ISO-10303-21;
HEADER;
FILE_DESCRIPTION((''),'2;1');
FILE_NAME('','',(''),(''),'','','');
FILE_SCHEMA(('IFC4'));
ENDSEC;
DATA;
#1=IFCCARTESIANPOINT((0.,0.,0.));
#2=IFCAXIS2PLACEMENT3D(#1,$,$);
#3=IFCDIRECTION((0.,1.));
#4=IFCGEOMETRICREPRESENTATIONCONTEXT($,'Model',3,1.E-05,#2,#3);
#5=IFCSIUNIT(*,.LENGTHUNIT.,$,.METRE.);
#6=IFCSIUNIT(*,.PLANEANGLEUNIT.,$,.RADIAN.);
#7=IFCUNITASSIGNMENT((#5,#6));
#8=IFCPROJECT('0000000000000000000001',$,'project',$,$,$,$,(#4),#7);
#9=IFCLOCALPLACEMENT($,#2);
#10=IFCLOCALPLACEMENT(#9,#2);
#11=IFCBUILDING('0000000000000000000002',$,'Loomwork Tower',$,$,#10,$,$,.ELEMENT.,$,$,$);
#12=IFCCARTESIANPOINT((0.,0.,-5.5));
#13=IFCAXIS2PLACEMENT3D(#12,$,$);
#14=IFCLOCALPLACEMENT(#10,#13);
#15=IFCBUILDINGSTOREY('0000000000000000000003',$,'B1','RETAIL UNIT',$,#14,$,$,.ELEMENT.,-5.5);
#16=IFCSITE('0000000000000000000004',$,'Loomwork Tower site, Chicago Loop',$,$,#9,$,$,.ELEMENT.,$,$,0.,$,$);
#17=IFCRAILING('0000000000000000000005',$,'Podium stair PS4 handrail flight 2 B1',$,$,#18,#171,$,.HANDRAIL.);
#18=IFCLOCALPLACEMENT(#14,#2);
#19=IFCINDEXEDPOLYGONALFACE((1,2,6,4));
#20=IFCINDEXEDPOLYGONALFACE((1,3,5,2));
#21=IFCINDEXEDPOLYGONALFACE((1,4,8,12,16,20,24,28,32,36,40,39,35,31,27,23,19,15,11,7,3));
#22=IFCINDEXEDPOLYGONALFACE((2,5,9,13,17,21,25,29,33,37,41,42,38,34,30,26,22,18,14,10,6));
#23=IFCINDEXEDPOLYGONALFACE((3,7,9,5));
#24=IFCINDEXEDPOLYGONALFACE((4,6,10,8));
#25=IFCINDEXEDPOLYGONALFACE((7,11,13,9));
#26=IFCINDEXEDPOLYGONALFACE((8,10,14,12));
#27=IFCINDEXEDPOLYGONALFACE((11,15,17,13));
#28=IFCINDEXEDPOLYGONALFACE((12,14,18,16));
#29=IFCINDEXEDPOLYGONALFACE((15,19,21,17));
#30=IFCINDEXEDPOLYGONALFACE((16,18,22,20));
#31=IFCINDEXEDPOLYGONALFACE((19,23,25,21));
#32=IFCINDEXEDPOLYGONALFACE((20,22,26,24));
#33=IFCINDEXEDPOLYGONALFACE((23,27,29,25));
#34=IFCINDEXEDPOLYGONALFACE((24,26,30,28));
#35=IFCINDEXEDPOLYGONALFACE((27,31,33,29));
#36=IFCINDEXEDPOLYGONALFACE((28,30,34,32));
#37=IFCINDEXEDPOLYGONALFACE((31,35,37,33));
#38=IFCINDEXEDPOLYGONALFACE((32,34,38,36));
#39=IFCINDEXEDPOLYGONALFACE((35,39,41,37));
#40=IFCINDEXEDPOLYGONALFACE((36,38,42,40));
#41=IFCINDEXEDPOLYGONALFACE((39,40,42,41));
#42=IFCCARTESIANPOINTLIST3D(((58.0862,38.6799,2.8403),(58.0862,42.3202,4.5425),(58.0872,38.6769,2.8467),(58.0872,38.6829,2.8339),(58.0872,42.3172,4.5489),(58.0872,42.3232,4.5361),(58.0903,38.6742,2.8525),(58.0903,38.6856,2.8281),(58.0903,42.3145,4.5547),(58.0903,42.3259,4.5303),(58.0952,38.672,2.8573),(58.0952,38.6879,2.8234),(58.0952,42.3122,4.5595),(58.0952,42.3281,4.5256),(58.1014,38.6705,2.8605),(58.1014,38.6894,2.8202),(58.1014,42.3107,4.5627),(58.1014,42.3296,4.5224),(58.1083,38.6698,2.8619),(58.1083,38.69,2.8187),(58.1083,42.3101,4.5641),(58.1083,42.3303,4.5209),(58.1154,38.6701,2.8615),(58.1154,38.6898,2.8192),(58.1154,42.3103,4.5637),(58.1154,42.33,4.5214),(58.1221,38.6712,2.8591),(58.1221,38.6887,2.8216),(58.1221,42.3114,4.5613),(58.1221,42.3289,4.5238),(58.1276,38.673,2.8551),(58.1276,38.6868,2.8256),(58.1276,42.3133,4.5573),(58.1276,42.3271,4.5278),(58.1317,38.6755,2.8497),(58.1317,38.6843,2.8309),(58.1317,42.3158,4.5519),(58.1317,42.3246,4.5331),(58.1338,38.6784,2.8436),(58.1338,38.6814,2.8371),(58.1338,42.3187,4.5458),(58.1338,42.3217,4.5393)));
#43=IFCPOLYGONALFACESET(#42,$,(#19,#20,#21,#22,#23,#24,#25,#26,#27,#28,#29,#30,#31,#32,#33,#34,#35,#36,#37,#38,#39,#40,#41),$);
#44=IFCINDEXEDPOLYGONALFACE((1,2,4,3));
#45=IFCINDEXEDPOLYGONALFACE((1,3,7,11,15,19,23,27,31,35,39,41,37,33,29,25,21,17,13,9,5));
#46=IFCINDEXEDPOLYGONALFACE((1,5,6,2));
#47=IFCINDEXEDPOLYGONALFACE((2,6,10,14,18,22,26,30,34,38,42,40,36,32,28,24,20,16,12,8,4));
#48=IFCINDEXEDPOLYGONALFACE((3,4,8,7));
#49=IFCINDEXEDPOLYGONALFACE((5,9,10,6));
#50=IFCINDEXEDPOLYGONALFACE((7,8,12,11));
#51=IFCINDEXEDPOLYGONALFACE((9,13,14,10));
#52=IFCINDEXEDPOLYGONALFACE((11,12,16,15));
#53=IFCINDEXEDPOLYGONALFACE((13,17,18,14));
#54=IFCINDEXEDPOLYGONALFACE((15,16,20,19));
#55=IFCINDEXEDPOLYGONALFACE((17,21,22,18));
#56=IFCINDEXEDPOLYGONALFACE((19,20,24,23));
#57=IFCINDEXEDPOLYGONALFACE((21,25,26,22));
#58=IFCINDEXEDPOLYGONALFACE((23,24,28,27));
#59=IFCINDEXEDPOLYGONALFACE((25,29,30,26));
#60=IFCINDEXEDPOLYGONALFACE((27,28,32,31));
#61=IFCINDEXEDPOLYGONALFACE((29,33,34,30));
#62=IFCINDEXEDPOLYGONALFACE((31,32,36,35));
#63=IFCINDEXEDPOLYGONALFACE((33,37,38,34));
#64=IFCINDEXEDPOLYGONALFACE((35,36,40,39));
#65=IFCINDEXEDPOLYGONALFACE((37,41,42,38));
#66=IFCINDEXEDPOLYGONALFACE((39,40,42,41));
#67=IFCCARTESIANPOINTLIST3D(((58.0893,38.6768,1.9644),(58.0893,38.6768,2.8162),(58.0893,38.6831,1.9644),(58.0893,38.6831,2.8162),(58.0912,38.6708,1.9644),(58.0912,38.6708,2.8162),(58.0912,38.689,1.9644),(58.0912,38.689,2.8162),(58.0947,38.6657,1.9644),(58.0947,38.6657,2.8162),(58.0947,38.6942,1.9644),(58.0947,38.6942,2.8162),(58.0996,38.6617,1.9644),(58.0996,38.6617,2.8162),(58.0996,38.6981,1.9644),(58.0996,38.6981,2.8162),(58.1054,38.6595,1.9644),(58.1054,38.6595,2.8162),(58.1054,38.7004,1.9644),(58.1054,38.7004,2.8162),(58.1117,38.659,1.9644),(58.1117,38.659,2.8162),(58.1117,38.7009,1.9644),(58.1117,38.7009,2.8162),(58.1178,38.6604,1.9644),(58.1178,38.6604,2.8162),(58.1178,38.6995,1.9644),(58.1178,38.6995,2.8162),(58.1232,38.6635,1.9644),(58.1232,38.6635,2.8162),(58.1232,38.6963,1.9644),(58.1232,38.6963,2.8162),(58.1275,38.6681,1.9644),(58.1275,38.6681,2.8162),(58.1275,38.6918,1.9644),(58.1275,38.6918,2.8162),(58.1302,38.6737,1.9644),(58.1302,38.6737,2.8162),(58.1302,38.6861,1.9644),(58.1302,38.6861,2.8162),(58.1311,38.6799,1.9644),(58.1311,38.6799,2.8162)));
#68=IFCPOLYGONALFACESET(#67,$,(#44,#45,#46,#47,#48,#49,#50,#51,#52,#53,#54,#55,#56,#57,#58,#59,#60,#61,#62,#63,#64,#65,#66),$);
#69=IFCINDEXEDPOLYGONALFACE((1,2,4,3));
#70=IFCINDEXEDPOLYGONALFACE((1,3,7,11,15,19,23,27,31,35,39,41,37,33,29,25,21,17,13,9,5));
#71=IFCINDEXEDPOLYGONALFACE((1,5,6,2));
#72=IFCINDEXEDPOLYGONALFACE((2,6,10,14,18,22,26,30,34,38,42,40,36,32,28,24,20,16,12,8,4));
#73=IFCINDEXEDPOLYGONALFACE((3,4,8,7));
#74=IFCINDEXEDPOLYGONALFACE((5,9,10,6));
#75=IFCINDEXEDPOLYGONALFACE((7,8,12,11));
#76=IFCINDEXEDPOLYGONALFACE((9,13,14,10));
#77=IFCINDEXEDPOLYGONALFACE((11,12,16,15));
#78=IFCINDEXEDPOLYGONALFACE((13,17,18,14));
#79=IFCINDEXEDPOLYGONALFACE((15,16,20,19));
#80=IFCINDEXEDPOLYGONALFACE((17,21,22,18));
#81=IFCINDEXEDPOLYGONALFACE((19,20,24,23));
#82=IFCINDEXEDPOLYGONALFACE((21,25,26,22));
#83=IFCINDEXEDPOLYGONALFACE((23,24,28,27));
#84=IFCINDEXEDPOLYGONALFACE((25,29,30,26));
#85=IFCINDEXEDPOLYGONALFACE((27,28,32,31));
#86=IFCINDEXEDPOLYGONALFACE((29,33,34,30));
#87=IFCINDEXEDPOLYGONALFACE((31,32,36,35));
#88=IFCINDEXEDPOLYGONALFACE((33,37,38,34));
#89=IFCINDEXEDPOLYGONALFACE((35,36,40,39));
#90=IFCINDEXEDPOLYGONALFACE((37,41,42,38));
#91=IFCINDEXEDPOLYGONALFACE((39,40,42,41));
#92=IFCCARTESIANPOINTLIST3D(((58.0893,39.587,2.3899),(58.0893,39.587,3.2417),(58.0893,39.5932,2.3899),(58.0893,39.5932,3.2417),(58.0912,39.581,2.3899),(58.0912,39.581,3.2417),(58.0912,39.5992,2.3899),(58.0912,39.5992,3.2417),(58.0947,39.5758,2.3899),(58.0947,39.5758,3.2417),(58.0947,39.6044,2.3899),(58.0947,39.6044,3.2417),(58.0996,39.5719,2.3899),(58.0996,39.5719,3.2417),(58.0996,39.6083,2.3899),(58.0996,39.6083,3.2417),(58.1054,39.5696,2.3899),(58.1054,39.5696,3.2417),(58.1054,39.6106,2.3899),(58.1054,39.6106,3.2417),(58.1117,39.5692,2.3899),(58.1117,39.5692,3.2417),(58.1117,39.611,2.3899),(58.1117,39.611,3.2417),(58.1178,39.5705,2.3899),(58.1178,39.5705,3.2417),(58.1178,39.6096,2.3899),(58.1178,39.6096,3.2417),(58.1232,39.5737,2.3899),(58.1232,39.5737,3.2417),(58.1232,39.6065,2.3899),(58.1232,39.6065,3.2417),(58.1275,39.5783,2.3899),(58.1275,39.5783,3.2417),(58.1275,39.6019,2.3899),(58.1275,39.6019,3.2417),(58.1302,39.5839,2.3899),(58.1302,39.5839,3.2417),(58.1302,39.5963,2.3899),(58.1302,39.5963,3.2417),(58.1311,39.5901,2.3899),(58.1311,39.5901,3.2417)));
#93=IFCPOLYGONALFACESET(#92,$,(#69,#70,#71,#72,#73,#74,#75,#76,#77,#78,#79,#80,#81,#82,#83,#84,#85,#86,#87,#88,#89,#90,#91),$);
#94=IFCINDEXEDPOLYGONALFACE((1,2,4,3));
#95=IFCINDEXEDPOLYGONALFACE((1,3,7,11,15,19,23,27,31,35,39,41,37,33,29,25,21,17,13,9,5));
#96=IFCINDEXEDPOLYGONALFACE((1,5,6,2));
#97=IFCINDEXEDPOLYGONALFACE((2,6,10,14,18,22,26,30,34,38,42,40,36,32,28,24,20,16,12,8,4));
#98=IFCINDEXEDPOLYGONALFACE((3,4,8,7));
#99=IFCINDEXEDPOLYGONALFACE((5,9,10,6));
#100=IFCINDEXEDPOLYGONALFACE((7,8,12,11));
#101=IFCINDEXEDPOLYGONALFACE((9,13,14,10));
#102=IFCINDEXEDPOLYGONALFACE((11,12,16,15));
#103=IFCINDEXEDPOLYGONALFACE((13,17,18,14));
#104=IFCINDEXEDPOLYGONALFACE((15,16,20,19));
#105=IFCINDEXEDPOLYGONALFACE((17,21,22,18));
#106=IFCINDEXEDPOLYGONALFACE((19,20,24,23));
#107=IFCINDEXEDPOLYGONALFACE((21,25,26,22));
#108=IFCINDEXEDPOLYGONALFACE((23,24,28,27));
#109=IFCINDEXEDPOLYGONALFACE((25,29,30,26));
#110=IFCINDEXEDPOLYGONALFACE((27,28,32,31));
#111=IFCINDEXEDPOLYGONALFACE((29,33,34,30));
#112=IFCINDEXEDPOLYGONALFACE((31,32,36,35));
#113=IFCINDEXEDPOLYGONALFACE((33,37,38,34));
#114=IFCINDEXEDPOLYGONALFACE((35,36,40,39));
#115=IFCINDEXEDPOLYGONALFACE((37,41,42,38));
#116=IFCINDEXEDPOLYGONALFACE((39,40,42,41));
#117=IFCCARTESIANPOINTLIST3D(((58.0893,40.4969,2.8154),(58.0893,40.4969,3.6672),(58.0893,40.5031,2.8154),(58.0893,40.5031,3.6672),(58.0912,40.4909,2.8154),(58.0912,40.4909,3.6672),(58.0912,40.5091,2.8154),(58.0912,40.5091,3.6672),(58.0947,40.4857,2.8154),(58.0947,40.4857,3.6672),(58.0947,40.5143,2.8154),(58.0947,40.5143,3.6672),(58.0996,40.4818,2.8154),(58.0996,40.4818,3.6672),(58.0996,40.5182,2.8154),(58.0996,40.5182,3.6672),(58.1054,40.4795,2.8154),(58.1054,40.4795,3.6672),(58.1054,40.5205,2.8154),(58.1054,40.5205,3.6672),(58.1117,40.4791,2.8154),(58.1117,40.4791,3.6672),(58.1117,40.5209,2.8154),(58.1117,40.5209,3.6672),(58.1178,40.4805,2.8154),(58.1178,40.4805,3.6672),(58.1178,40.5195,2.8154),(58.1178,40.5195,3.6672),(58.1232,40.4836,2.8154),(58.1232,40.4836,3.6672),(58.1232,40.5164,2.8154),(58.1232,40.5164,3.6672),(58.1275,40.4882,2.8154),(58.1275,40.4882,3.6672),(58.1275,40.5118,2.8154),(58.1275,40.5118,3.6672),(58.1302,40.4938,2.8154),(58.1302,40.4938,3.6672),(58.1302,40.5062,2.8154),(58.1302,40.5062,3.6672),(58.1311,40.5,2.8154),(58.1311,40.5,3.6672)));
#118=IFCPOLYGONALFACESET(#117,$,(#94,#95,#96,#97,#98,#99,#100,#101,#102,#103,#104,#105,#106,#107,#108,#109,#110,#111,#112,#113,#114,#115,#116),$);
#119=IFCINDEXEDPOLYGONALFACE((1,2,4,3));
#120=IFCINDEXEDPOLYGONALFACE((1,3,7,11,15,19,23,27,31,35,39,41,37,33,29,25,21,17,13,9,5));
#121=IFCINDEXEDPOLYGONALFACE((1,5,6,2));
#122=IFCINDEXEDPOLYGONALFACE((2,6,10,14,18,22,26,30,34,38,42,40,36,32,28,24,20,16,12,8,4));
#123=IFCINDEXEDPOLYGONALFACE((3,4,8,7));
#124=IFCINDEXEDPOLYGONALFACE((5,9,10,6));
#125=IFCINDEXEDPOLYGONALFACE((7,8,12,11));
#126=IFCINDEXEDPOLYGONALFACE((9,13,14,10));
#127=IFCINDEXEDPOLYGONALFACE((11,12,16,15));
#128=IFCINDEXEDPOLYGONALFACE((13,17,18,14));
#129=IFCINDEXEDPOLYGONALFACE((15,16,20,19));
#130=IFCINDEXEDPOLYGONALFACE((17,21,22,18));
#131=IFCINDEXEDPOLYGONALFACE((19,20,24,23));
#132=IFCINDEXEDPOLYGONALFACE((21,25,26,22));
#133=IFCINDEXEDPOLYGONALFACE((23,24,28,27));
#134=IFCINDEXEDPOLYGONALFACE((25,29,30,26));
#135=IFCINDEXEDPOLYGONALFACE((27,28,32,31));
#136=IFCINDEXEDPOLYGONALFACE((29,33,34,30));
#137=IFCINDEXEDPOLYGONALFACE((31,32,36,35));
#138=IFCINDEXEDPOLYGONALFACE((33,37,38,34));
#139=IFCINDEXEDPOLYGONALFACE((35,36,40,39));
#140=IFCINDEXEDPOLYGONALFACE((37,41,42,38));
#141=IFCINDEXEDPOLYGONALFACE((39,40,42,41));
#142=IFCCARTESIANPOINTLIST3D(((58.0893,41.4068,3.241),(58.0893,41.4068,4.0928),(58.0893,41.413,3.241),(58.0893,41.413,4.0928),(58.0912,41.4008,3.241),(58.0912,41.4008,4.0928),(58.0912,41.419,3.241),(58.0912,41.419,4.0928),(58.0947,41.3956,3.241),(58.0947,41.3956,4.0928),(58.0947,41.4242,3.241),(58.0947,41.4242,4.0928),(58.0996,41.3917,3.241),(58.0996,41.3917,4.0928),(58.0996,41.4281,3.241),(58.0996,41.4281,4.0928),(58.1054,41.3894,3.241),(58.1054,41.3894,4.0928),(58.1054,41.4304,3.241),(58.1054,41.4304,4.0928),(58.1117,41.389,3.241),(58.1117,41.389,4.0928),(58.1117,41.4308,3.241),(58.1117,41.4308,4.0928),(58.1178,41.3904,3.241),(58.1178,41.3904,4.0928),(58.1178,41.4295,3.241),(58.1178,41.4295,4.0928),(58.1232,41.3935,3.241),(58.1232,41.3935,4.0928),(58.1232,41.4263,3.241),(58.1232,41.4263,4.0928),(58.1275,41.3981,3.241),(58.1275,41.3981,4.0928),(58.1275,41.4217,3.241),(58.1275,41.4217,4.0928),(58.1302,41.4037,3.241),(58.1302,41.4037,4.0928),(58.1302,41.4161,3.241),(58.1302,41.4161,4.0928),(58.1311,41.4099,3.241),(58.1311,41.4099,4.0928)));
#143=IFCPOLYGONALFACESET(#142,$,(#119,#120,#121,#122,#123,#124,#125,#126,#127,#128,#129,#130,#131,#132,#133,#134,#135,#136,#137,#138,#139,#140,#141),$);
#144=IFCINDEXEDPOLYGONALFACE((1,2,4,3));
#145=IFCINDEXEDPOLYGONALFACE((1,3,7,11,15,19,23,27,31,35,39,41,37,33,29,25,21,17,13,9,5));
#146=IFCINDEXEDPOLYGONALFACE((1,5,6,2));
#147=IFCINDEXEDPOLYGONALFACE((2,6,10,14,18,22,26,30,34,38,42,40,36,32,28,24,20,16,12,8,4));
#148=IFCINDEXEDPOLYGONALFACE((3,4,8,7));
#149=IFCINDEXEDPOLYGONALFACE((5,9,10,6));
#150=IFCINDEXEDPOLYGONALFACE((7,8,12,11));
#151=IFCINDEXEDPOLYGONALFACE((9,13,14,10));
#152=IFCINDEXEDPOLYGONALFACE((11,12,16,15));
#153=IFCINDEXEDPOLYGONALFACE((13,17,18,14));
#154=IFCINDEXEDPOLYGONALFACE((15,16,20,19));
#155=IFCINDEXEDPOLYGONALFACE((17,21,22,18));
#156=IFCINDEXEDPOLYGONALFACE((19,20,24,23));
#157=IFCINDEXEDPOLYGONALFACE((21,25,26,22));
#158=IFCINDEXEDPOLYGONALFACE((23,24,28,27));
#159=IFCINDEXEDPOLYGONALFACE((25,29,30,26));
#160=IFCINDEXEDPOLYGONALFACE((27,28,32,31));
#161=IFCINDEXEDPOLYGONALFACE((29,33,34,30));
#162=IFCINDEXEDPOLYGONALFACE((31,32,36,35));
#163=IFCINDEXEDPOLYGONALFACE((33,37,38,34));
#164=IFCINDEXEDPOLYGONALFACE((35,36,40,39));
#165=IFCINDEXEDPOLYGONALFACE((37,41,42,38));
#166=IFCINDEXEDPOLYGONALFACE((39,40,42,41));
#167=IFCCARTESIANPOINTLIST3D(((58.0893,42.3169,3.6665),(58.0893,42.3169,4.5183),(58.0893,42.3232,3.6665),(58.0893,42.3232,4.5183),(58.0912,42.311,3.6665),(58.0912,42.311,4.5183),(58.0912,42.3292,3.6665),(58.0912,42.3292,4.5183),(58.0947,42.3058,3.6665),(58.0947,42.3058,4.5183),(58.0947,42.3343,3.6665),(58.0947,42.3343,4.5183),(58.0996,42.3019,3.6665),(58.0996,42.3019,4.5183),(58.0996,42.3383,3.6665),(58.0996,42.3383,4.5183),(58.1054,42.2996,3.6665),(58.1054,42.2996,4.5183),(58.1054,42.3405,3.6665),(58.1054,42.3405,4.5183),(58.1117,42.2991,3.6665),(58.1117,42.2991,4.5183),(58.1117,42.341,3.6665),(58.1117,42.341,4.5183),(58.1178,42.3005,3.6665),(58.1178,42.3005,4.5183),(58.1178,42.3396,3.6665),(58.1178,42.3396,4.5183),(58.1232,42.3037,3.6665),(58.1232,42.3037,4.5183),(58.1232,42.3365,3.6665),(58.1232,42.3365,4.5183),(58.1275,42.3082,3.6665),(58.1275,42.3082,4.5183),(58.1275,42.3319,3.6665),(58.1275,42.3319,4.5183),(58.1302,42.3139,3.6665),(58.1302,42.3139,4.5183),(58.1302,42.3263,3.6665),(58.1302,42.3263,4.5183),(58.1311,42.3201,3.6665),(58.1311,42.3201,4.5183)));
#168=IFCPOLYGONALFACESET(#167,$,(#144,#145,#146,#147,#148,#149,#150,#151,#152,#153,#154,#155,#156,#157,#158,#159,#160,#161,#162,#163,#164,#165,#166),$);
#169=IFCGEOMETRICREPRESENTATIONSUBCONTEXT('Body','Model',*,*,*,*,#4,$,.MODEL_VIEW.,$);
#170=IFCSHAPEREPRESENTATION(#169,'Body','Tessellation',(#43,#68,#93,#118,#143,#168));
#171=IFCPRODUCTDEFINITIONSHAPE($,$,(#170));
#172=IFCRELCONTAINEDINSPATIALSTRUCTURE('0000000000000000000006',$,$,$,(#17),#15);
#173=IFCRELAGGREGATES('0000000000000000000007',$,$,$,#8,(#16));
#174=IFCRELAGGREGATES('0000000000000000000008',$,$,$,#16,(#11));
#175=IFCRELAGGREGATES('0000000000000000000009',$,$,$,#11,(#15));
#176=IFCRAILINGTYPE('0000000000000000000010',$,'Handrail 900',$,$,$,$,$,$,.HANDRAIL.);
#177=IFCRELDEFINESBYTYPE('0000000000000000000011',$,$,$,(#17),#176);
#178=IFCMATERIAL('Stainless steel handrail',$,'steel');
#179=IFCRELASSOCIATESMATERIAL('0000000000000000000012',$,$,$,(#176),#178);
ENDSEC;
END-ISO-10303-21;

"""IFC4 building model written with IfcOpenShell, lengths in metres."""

from ifc_helpers import new_model, si_unit, direction, frame, origin, origin_2d, place, context, subcontext, project, spatial, circle, extrude, material, type_object, element, save


model = new_model("IFC4")

# Units and contexts
model_context = context("Model", 3, precision=1e-05, world=origin(), true_north=direction((0.0, 1.0)))
body_context = subcontext(model_context, "Body", "Model", "MODEL_VIEW")
ifc_project = project(units=[si_unit("LENGTHUNIT", "METRE"), si_unit("PLANEANGLEUNIT", "RADIAN")], contexts=[model_context])

# Site, building, storey
site_placement = place(None, origin())
site = spatial("IfcSite", under=ifc_project, at=site_placement, Name="Loomwork Tower site, Chicago Loop", CompositionType="ELEMENT", RefElevation=0.0)
building_placement = place(site_placement, origin())
building = spatial("IfcBuilding", under=site, at=building_placement, Name="Loomwork Tower", CompositionType="ELEMENT")
storey_placement = place(building_placement, frame((0.0, 0.0, -5.5)))
storey = spatial("IfcBuildingStorey", under=building, at=storey_placement, Name="B1", Description="RETAIL UNIT", CompositionType="ELEMENT", Elevation=-5.5)

# Railing
ifc_material_1 = material(Name="Stainless steel handrail", Category="steel")
railing_type = type_object("IfcRailingType", Name="Handrail 900", PredefinedType="HANDRAIL", material=ifc_material_1)
railing_1_placement = place(storey_placement, frame((58.1101, 38.6799, 1.9644)))
element("IfcRailing", 1, at=railing_1_placement, inside=storey, type_object=railing_type, Name="Podium stair PS4 handrail flight 2 B1", PredefinedType="HANDRAIL", context=body_context, shape_type="SweptSolid", body=[
    extrude(circle(Radius=0.0239, at=origin_2d()), frame((0.0, 0.0, 0.876), z_axis=(0.0, 0.905857, 0.423584), x_axis=(-1.0, 0.0, 0.0)), (0.0, 0.0, 1.0), 4.0186),
    extrude(circle(Radius=0.021, at=origin_2d()), origin(), (0.0, 0.0, 1.0), 0.8518),
    extrude(circle(Radius=0.021, at=origin_2d()), frame((0.0, 0.9102, 0.4255)), (0.0, 0.0, 1.0), 0.8518),
    extrude(circle(Radius=0.021, at=origin_2d()), frame((0.0, 1.8201, 0.8511)), (0.0, 0.0, 1.0), 0.8518),
    extrude(circle(Radius=0.021, at=origin_2d()), frame((0.0, 2.73, 1.2766)), (0.0, 0.0, 1.0), 0.8518),
    extrude(circle(Radius=0.021, at=origin_2d()), frame((0.0, 3.6401, 1.7021)), (0.0, 0.0, 1.0), 0.8518),
])

save(model, "model.ifc")
